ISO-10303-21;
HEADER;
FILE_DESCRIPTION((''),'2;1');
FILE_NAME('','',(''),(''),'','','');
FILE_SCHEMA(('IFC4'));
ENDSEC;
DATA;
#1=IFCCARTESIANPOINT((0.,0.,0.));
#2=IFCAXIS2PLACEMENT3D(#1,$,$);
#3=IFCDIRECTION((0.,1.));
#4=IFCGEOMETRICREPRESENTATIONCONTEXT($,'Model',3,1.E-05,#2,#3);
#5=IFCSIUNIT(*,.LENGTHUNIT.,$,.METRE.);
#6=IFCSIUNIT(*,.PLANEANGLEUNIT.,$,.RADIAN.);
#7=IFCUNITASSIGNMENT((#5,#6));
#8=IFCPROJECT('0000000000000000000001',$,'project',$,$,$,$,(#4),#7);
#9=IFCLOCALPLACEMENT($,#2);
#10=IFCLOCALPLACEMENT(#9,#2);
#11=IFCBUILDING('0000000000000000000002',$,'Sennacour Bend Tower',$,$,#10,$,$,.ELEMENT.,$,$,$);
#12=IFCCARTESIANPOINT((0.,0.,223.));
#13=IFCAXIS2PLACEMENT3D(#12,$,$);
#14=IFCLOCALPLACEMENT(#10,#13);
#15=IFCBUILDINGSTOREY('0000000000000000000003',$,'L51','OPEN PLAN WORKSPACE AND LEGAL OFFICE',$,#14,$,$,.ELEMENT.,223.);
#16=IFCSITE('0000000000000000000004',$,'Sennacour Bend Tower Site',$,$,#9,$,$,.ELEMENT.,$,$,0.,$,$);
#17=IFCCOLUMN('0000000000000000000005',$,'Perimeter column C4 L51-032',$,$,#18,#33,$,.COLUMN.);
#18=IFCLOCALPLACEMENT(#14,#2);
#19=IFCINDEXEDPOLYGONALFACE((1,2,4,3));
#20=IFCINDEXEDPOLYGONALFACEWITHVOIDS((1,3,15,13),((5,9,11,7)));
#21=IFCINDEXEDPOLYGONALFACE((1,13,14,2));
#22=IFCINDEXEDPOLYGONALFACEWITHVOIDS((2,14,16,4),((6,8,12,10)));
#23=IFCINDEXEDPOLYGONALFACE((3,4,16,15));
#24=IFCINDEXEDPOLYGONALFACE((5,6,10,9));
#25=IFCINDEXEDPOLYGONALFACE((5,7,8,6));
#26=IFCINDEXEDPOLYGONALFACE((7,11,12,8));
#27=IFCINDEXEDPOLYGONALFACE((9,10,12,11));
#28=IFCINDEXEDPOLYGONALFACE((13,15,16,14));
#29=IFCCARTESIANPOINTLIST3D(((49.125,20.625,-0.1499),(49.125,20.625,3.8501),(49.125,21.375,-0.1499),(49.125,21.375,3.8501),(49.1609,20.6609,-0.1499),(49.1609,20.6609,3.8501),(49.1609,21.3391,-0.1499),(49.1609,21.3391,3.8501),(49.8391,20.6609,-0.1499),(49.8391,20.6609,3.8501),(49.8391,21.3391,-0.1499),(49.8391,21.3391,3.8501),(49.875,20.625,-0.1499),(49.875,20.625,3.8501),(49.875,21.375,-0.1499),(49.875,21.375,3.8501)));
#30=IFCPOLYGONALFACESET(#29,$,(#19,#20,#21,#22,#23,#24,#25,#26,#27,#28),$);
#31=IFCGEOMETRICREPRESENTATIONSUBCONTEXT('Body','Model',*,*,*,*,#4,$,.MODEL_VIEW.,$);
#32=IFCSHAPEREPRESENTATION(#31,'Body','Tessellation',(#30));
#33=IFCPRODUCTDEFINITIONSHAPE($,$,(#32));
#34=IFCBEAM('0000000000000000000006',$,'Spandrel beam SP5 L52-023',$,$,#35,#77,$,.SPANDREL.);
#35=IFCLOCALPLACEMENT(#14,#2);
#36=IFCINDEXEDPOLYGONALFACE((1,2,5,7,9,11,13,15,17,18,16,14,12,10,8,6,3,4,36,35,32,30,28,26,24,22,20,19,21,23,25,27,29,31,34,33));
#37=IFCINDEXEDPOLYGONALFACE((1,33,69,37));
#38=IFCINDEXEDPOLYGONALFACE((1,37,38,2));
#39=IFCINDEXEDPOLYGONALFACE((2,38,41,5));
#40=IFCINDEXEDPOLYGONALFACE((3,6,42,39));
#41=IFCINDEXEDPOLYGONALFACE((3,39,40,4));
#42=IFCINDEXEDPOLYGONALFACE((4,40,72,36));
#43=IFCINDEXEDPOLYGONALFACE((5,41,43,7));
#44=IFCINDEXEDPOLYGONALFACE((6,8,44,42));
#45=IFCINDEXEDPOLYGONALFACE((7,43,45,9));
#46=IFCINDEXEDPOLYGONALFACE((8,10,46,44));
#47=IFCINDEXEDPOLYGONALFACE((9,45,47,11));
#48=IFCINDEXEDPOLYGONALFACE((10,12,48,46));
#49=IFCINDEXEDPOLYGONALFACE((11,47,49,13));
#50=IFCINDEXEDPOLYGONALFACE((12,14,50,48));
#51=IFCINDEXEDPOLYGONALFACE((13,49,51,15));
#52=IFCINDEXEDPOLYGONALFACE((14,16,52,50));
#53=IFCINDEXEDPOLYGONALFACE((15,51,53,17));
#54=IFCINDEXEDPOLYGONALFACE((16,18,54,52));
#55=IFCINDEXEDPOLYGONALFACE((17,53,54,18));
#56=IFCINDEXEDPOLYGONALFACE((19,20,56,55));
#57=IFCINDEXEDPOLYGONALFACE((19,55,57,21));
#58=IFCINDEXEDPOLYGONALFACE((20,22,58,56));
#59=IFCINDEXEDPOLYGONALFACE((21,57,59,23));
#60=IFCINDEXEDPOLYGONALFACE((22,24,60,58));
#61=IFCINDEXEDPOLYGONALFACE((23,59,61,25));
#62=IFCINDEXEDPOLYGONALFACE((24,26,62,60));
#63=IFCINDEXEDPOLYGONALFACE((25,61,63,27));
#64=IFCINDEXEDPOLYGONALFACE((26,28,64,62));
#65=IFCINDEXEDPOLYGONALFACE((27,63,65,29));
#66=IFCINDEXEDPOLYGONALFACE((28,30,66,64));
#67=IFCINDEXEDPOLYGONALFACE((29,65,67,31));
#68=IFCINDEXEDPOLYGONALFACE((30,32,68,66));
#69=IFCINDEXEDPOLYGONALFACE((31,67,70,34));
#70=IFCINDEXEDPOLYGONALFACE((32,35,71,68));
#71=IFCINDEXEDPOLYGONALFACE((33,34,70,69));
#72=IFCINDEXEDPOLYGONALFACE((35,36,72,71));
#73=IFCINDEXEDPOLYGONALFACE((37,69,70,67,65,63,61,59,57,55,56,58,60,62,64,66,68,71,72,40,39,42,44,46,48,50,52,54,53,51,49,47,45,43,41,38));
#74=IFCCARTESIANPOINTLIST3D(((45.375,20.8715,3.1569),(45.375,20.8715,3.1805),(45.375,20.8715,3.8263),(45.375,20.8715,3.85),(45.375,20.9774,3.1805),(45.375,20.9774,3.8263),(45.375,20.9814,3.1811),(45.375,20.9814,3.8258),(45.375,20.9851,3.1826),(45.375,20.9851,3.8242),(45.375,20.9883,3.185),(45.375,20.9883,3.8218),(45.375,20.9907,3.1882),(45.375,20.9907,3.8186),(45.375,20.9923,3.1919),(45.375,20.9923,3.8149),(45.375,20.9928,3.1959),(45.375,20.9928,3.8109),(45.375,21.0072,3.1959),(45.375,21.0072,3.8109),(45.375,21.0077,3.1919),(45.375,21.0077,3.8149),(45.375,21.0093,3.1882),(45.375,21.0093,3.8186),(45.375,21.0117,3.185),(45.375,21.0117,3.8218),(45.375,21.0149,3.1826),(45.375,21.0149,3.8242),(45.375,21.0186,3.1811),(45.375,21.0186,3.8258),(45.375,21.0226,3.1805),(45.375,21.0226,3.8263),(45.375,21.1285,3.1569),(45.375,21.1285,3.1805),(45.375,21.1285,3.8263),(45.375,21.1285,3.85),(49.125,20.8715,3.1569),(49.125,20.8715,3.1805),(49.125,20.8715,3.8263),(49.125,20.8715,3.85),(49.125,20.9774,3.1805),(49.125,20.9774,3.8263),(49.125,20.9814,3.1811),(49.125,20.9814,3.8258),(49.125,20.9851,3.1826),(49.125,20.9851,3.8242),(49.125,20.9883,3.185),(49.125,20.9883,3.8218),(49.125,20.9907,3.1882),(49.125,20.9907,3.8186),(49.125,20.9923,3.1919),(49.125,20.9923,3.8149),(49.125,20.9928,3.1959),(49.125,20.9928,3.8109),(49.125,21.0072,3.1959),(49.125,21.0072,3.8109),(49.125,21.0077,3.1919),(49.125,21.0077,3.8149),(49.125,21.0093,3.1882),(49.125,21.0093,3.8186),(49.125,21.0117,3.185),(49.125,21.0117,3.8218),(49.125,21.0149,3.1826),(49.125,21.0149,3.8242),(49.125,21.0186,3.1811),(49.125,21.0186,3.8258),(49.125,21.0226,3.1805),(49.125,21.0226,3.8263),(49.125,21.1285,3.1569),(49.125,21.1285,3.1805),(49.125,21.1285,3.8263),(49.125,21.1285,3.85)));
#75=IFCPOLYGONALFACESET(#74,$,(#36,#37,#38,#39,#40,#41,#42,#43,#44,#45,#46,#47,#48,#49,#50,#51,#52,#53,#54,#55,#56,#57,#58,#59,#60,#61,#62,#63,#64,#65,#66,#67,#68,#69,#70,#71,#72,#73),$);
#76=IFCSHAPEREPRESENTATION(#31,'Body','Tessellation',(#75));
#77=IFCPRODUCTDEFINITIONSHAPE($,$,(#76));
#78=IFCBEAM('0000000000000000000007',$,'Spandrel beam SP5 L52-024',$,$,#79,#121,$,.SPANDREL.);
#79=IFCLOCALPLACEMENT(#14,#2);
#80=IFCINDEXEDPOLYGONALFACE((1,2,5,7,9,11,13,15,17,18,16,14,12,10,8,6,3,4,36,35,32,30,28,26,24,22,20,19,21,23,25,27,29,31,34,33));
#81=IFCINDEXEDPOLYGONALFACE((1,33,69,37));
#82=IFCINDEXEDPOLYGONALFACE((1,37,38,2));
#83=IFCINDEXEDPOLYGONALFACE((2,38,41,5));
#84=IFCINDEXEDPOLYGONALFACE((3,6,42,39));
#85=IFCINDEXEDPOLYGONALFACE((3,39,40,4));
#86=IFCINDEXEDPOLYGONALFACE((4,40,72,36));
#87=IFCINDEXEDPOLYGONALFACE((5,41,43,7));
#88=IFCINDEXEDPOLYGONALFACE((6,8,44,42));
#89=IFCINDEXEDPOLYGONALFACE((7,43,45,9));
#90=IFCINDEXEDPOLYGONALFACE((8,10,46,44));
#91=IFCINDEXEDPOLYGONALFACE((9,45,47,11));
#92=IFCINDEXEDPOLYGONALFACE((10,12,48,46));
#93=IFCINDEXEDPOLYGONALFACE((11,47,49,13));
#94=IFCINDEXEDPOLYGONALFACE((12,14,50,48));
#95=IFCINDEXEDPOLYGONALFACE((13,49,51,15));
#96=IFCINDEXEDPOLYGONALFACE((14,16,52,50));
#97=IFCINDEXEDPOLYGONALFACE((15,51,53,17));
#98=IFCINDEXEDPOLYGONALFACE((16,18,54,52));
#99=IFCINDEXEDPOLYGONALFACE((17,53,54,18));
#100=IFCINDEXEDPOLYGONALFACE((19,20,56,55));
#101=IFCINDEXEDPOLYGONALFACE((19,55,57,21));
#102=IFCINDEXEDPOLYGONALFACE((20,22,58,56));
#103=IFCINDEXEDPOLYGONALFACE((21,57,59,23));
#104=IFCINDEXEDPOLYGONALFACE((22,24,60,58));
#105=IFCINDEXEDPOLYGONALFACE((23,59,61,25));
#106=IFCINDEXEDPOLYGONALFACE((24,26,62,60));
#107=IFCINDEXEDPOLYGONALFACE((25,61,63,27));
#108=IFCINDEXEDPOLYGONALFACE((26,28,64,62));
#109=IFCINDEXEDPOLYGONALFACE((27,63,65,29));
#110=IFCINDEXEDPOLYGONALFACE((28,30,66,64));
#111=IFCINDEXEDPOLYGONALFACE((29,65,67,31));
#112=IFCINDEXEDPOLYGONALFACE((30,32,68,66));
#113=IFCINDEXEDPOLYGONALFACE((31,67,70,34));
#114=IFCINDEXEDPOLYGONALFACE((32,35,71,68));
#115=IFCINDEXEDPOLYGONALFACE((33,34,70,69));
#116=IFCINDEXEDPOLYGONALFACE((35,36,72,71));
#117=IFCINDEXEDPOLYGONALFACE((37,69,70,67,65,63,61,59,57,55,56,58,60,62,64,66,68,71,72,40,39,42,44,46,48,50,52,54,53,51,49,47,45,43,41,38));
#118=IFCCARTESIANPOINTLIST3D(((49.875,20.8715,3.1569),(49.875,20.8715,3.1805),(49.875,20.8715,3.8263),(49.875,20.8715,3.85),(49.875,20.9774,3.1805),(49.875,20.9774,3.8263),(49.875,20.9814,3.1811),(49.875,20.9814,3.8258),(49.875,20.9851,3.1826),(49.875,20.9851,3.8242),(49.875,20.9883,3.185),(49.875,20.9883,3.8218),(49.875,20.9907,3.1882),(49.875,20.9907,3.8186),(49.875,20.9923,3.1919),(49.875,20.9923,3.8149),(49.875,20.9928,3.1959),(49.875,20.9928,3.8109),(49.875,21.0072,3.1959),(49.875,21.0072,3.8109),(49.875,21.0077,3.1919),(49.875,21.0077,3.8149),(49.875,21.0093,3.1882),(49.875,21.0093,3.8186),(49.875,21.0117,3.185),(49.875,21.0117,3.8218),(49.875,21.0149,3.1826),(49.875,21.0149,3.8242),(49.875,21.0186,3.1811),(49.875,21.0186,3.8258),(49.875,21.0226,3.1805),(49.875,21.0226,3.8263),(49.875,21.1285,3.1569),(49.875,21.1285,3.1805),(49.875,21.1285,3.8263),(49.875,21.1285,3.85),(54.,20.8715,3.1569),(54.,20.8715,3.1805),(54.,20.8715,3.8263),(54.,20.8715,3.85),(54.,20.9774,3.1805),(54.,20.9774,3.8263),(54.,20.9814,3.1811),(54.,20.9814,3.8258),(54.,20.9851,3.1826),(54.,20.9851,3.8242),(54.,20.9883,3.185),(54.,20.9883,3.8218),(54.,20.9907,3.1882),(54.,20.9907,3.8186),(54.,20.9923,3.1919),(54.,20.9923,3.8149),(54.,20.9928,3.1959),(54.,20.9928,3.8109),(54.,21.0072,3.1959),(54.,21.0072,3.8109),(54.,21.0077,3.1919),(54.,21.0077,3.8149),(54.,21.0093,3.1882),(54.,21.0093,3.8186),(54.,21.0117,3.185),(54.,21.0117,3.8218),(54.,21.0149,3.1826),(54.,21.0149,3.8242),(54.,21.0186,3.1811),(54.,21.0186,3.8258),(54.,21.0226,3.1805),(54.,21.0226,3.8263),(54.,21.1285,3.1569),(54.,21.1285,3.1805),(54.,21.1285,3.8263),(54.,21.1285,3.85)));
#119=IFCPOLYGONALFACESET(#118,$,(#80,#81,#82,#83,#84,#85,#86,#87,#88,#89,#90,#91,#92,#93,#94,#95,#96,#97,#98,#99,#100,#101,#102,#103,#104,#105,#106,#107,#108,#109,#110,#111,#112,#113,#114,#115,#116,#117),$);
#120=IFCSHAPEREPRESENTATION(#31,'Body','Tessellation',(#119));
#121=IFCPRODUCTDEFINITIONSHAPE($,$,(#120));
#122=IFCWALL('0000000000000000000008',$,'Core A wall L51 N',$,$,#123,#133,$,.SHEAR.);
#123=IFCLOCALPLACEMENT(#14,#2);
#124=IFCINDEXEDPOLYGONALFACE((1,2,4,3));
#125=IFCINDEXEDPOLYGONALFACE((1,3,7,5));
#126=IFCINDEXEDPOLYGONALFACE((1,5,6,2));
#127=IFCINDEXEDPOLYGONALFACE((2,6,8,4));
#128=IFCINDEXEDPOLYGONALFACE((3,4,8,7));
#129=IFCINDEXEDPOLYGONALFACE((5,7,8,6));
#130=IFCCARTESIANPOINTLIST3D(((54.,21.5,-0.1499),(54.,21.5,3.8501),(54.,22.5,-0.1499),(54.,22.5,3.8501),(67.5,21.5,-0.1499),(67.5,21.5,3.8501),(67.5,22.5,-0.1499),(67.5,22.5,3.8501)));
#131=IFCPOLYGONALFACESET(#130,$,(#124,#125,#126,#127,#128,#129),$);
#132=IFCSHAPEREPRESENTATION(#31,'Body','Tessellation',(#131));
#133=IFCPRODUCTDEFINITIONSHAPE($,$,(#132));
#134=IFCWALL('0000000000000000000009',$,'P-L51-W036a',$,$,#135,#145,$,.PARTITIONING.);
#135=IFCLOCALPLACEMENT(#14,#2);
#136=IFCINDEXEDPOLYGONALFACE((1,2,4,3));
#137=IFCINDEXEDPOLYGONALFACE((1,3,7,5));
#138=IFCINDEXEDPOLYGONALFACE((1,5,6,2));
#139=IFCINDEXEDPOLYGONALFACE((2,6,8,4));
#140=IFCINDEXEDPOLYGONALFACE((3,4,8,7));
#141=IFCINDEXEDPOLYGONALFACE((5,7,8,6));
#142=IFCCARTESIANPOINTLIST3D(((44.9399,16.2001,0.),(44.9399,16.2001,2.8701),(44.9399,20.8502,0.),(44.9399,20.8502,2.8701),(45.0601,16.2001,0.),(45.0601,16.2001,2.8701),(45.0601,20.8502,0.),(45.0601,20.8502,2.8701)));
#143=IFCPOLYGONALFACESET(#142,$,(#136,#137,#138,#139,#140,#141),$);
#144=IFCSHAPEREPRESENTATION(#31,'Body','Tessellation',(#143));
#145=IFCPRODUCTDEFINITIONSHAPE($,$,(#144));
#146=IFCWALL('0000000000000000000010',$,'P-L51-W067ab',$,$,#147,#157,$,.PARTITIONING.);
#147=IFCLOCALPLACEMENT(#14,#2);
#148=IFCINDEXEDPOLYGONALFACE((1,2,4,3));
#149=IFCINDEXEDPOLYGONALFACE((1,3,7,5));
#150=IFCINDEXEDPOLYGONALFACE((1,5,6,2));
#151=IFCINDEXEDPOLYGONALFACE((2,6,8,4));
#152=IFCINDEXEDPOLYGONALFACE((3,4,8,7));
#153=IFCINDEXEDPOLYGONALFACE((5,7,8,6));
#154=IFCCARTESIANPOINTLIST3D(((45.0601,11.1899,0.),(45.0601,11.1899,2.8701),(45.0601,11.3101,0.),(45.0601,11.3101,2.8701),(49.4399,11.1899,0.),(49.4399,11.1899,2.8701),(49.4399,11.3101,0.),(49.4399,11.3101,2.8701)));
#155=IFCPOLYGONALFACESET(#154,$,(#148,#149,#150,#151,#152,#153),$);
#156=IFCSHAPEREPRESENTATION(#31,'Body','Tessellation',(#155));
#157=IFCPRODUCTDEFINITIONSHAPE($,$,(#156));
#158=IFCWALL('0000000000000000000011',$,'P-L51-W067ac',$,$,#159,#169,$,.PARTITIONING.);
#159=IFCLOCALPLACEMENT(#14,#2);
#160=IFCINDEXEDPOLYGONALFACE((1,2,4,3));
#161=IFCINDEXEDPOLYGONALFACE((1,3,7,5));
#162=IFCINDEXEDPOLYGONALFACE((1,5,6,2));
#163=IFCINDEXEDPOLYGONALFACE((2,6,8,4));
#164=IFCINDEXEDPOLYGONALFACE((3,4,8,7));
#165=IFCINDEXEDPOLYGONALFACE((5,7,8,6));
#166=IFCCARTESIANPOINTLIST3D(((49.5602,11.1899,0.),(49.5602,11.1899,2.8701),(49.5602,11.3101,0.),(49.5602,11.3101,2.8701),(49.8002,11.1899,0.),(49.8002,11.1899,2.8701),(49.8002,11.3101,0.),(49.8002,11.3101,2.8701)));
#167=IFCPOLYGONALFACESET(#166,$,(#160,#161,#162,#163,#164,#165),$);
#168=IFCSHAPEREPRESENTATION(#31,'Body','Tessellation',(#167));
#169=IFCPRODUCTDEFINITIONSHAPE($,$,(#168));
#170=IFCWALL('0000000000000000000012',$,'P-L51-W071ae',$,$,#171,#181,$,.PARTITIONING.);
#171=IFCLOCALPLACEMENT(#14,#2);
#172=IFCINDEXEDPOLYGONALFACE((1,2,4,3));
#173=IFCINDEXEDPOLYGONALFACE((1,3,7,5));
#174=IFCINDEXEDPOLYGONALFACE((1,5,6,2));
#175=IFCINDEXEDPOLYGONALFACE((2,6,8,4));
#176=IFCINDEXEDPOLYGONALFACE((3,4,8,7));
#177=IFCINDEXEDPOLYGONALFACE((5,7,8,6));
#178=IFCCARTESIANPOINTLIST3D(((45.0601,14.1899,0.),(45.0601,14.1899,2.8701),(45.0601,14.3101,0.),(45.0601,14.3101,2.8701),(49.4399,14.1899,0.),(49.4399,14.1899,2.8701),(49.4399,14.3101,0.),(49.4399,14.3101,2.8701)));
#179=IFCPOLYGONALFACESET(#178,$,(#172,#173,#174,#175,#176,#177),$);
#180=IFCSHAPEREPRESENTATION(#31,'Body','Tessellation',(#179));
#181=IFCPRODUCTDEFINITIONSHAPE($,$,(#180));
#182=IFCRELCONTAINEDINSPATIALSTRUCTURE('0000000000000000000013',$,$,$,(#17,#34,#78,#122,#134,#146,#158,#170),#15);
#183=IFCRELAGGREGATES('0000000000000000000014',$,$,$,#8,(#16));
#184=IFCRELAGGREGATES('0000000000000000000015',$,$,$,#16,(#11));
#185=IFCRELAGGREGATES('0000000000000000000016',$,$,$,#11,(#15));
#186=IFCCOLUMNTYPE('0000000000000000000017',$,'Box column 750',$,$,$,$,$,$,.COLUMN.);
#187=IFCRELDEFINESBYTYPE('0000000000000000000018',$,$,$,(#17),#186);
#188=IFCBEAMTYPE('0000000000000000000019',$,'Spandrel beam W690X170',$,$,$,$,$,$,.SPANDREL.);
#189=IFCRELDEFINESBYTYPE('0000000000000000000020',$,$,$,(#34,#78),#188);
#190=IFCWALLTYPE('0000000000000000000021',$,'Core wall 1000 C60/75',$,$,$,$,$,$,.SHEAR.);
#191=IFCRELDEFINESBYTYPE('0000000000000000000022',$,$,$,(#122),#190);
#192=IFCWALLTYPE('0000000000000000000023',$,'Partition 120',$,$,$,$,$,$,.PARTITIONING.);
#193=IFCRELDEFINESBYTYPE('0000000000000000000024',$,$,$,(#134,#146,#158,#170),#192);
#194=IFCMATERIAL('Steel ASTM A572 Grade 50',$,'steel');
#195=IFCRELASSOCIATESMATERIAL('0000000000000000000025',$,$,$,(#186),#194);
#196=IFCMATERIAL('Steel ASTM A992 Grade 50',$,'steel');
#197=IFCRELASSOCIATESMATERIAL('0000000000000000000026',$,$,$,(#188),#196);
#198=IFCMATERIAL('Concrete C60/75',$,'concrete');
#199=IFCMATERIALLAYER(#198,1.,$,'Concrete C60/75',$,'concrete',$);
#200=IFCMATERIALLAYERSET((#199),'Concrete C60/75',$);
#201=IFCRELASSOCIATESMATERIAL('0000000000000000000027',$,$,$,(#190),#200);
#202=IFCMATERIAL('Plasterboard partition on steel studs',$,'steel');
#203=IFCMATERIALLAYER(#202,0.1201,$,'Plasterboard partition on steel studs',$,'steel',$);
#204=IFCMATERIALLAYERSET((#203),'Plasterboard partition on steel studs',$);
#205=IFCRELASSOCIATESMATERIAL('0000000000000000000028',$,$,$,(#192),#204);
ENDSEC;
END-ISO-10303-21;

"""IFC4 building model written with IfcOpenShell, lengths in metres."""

from ifc_helpers import new_model, si_unit, direction, frame, frame_2d, origin, origin_2d, place, context, subcontext, project, spatial, rectangle, hollow_rectangle, i_section, extrude, material, layer, layer_set, material_profile, profile_set, type_object, element, save


model = new_model("IFC4")

# Units and contexts
model_context = context("Model", 3, precision=1e-05, world=origin(), true_north=direction((0.0, 1.0)))
body_context = subcontext(model_context, "Body", "Model", "MODEL_VIEW")
ifc_project = project(units=[si_unit("LENGTHUNIT", "METRE"), si_unit("PLANEANGLEUNIT", "RADIAN")], contexts=[model_context])

# Site, building, storey
site_placement = place(None, origin())
site = spatial("IfcSite", under=ifc_project, at=site_placement, Name="Sennacour Bend Tower Site", CompositionType="ELEMENT", RefElevation=0.0)
building_placement = place(site_placement, origin())
building = spatial("IfcBuilding", under=site, at=building_placement, Name="Sennacour Bend Tower", CompositionType="ELEMENT")
storey_placement = place(building_placement, frame((0.0, 0.0, 223.0)))
storey = spatial("IfcBuildingStorey", under=building, at=storey_placement, Name="L51", Description="OPEN PLAN WORKSPACE AND LEGAL OFFICE", CompositionType="ELEMENT", Elevation=223.0)

# Column
ifc_material_1 = material(Name="Steel ASTM A572 Grade 50", Category="steel")
ifc_material_profile_1 = material_profile(ifc_material_1, hollow_rectangle(XDim=0.75, YDim=0.75, WallThickness=0.0359, at=origin_2d()), Name="Steel ASTM A572 Grade 50", Category="steel")
ifc_profile_set_1 = profile_set([ifc_material_profile_1], Name="Steel ASTM A572 Grade 50")
column_type = type_object("IfcColumnType", Name="Box column 750", PredefinedType="COLUMN", material=ifc_profile_set_1)
column_placement = place(storey_placement, frame((49.5, 21.0, -0.1499), z_axis=(0.0, 0.0, 1.0), x_axis=(1.0, 0.0, 0.0)))
element("IfcColumn", 1, at=column_placement, inside=storey, type_object=column_type, Name="Perimeter column C4 L51-032", PredefinedType="COLUMN", context=body_context, shape_type="SweptSolid", body=[
    extrude(hollow_rectangle(XDim=0.75, YDim=0.75, WallThickness=0.0359, at=origin_2d()), origin(), (0.0, 0.0, 1.0), 4.0),
])

# Beams
ifc_material_2 = material(Name="Steel ASTM A992 Grade 50", Category="steel")
ifc_material_profile_2 = material_profile(ifc_material_2, i_section(OverallWidth=0.2571, OverallDepth=0.6931, WebThickness=0.0144, FlangeThickness=0.0237, FilletRadius=0.0154, at=origin_2d()), Name="Steel ASTM A992 Grade 50", Category="steel")
ifc_profile_set_2 = profile_set([ifc_material_profile_2], Name="Steel ASTM A992 Grade 50")
beam_type = type_object("IfcBeamType", Name="Spandrel beam W690X170", PredefinedType="SPANDREL", material=ifc_profile_set_2)
beam_1_placement = place(storey_placement, frame((45.375, 21.0, 3.5034), z_axis=(1.0, 0.0, 0.0), x_axis=(0.0, 1.0, 0.0)))
element("IfcBeam", 2, at=beam_1_placement, inside=storey, type_object=beam_type, Name="Spandrel beam SP5 L52-023", PredefinedType="SPANDREL", context=body_context, shape_type="SweptSolid", body=[
    extrude(i_section(OverallWidth=0.2571, OverallDepth=0.6931, WebThickness=0.0144, FlangeThickness=0.0237, FilletRadius=0.0154, at=origin_2d()), origin(), (0.0, 0.0, 1.0), 3.75),
])
beam_2_placement = place(storey_placement, frame((49.875, 21.0, 3.5034), z_axis=(1.0, 0.0, 0.0), x_axis=(0.0, 1.0, 0.0)))
element("IfcBeam", 3, at=beam_2_placement, inside=storey, type_object=beam_type, Name="Spandrel beam SP5 L52-024", PredefinedType="SPANDREL", context=body_context, shape_type="SweptSolid", body=[
    extrude(i_section(OverallWidth=0.2571, OverallDepth=0.6931, WebThickness=0.0144, FlangeThickness=0.0237, FilletRadius=0.0154, at=origin_2d()), origin(), (0.0, 0.0, 1.0), 4.125),
])

# Walls
ifc_material_3 = material(Name="Concrete C60/75", Category="concrete")
ifc_layer_1 = layer(ifc_material_3, 1.0, Name="Concrete C60/75", Category="concrete")
ifc_layer_set_1 = layer_set([ifc_layer_1], Name="Concrete C60/75")
wall_type_1 = type_object("IfcWallType", Name="Core wall 1000 C60/75", PredefinedType="SHEAR", material=ifc_layer_set_1)
wall_1_placement = place(storey_placement, frame((54.0, 22.0, -0.1499), z_axis=(0.0, 0.0, 1.0), x_axis=(1.0, 0.0, 0.0)))
element("IfcWall", 4, at=wall_1_placement, inside=storey, type_object=wall_type_1, Name="Core A wall L51 N", PredefinedType="SHEAR", context=body_context, shape_type="SweptSolid", body=[
    extrude(rectangle(XDim=13.5, YDim=1.0, at=frame_2d((6.75, 0.0))), origin(), (0.0, 0.0, 1.0), 4.0),
])
ifc_material_4 = material(Name="Plasterboard partition on steel studs", Category="steel")
ifc_layer_2 = layer(ifc_material_4, 0.1201, Name="Plasterboard partition on steel studs", Category="steel")
ifc_layer_set_2 = layer_set([ifc_layer_2], Name="Plasterboard partition on steel studs")
wall_type_2 = type_object("IfcWallType", Name="Partition 120", PredefinedType="PARTITIONING", material=ifc_layer_set_2)
wall_2_placement = place(storey_placement, frame((45.0, 16.2, 0.0), z_axis=(0.0, 0.0, 1.0), x_axis=(0.0, 1.0, 0.0)))
element("IfcWall", 5, at=wall_2_placement, inside=storey, type_object=wall_type_2, Name="P-L51-W036a", PredefinedType="PARTITIONING", context=body_context, shape_type="SweptSolid", body=[
    extrude(rectangle(XDim=4.6501, YDim=0.1201, at=frame_2d((2.3252, 0.0))), origin(), (0.0, 0.0, 1.0), 2.8701),
])
wall_3_placement = place(storey_placement, frame((45.0601, 11.25, 0.0), z_axis=(0.0, 0.0, 1.0), x_axis=(1.0, 0.0, 0.0)))
element("IfcWall", 6, at=wall_3_placement, inside=storey, type_object=wall_type_2, Name="P-L51-W067ab", PredefinedType="PARTITIONING", context=body_context, shape_type="SweptSolid", body=[
    extrude(rectangle(XDim=4.3799, YDim=0.1201, at=frame_2d((2.1899, 0.0))), origin(), (0.0, 0.0, 1.0), 2.8701),
])
wall_4_placement = place(storey_placement, frame((49.5601, 11.25, 0.0), z_axis=(0.0, 0.0, 1.0), x_axis=(1.0, 0.0, 0.0)))
element("IfcWall", 7, at=wall_4_placement, inside=storey, type_object=wall_type_2, Name="P-L51-W067ac", PredefinedType="PARTITIONING", context=body_context, shape_type="SweptSolid", body=[
    extrude(rectangle(XDim=0.24, YDim=0.1201, at=frame_2d((0.1201, 0.0))), origin(), (0.0, 0.0, 1.0), 2.8701),
])
wall_5_placement = place(storey_placement, frame((45.0601, 14.25, 0.0), z_axis=(0.0, 0.0, 1.0), x_axis=(1.0, 0.0, 0.0)))
element("IfcWall", 8, at=wall_5_placement, inside=storey, type_object=wall_type_2, Name="P-L51-W071ae", PredefinedType="PARTITIONING", context=body_context, shape_type="SweptSolid", body=[
    extrude(rectangle(XDim=4.3799, YDim=0.1201, at=frame_2d((2.1899, 0.0))), origin(), (0.0, 0.0, 1.0), 2.8701),
])

save(model, "model.ifc")
